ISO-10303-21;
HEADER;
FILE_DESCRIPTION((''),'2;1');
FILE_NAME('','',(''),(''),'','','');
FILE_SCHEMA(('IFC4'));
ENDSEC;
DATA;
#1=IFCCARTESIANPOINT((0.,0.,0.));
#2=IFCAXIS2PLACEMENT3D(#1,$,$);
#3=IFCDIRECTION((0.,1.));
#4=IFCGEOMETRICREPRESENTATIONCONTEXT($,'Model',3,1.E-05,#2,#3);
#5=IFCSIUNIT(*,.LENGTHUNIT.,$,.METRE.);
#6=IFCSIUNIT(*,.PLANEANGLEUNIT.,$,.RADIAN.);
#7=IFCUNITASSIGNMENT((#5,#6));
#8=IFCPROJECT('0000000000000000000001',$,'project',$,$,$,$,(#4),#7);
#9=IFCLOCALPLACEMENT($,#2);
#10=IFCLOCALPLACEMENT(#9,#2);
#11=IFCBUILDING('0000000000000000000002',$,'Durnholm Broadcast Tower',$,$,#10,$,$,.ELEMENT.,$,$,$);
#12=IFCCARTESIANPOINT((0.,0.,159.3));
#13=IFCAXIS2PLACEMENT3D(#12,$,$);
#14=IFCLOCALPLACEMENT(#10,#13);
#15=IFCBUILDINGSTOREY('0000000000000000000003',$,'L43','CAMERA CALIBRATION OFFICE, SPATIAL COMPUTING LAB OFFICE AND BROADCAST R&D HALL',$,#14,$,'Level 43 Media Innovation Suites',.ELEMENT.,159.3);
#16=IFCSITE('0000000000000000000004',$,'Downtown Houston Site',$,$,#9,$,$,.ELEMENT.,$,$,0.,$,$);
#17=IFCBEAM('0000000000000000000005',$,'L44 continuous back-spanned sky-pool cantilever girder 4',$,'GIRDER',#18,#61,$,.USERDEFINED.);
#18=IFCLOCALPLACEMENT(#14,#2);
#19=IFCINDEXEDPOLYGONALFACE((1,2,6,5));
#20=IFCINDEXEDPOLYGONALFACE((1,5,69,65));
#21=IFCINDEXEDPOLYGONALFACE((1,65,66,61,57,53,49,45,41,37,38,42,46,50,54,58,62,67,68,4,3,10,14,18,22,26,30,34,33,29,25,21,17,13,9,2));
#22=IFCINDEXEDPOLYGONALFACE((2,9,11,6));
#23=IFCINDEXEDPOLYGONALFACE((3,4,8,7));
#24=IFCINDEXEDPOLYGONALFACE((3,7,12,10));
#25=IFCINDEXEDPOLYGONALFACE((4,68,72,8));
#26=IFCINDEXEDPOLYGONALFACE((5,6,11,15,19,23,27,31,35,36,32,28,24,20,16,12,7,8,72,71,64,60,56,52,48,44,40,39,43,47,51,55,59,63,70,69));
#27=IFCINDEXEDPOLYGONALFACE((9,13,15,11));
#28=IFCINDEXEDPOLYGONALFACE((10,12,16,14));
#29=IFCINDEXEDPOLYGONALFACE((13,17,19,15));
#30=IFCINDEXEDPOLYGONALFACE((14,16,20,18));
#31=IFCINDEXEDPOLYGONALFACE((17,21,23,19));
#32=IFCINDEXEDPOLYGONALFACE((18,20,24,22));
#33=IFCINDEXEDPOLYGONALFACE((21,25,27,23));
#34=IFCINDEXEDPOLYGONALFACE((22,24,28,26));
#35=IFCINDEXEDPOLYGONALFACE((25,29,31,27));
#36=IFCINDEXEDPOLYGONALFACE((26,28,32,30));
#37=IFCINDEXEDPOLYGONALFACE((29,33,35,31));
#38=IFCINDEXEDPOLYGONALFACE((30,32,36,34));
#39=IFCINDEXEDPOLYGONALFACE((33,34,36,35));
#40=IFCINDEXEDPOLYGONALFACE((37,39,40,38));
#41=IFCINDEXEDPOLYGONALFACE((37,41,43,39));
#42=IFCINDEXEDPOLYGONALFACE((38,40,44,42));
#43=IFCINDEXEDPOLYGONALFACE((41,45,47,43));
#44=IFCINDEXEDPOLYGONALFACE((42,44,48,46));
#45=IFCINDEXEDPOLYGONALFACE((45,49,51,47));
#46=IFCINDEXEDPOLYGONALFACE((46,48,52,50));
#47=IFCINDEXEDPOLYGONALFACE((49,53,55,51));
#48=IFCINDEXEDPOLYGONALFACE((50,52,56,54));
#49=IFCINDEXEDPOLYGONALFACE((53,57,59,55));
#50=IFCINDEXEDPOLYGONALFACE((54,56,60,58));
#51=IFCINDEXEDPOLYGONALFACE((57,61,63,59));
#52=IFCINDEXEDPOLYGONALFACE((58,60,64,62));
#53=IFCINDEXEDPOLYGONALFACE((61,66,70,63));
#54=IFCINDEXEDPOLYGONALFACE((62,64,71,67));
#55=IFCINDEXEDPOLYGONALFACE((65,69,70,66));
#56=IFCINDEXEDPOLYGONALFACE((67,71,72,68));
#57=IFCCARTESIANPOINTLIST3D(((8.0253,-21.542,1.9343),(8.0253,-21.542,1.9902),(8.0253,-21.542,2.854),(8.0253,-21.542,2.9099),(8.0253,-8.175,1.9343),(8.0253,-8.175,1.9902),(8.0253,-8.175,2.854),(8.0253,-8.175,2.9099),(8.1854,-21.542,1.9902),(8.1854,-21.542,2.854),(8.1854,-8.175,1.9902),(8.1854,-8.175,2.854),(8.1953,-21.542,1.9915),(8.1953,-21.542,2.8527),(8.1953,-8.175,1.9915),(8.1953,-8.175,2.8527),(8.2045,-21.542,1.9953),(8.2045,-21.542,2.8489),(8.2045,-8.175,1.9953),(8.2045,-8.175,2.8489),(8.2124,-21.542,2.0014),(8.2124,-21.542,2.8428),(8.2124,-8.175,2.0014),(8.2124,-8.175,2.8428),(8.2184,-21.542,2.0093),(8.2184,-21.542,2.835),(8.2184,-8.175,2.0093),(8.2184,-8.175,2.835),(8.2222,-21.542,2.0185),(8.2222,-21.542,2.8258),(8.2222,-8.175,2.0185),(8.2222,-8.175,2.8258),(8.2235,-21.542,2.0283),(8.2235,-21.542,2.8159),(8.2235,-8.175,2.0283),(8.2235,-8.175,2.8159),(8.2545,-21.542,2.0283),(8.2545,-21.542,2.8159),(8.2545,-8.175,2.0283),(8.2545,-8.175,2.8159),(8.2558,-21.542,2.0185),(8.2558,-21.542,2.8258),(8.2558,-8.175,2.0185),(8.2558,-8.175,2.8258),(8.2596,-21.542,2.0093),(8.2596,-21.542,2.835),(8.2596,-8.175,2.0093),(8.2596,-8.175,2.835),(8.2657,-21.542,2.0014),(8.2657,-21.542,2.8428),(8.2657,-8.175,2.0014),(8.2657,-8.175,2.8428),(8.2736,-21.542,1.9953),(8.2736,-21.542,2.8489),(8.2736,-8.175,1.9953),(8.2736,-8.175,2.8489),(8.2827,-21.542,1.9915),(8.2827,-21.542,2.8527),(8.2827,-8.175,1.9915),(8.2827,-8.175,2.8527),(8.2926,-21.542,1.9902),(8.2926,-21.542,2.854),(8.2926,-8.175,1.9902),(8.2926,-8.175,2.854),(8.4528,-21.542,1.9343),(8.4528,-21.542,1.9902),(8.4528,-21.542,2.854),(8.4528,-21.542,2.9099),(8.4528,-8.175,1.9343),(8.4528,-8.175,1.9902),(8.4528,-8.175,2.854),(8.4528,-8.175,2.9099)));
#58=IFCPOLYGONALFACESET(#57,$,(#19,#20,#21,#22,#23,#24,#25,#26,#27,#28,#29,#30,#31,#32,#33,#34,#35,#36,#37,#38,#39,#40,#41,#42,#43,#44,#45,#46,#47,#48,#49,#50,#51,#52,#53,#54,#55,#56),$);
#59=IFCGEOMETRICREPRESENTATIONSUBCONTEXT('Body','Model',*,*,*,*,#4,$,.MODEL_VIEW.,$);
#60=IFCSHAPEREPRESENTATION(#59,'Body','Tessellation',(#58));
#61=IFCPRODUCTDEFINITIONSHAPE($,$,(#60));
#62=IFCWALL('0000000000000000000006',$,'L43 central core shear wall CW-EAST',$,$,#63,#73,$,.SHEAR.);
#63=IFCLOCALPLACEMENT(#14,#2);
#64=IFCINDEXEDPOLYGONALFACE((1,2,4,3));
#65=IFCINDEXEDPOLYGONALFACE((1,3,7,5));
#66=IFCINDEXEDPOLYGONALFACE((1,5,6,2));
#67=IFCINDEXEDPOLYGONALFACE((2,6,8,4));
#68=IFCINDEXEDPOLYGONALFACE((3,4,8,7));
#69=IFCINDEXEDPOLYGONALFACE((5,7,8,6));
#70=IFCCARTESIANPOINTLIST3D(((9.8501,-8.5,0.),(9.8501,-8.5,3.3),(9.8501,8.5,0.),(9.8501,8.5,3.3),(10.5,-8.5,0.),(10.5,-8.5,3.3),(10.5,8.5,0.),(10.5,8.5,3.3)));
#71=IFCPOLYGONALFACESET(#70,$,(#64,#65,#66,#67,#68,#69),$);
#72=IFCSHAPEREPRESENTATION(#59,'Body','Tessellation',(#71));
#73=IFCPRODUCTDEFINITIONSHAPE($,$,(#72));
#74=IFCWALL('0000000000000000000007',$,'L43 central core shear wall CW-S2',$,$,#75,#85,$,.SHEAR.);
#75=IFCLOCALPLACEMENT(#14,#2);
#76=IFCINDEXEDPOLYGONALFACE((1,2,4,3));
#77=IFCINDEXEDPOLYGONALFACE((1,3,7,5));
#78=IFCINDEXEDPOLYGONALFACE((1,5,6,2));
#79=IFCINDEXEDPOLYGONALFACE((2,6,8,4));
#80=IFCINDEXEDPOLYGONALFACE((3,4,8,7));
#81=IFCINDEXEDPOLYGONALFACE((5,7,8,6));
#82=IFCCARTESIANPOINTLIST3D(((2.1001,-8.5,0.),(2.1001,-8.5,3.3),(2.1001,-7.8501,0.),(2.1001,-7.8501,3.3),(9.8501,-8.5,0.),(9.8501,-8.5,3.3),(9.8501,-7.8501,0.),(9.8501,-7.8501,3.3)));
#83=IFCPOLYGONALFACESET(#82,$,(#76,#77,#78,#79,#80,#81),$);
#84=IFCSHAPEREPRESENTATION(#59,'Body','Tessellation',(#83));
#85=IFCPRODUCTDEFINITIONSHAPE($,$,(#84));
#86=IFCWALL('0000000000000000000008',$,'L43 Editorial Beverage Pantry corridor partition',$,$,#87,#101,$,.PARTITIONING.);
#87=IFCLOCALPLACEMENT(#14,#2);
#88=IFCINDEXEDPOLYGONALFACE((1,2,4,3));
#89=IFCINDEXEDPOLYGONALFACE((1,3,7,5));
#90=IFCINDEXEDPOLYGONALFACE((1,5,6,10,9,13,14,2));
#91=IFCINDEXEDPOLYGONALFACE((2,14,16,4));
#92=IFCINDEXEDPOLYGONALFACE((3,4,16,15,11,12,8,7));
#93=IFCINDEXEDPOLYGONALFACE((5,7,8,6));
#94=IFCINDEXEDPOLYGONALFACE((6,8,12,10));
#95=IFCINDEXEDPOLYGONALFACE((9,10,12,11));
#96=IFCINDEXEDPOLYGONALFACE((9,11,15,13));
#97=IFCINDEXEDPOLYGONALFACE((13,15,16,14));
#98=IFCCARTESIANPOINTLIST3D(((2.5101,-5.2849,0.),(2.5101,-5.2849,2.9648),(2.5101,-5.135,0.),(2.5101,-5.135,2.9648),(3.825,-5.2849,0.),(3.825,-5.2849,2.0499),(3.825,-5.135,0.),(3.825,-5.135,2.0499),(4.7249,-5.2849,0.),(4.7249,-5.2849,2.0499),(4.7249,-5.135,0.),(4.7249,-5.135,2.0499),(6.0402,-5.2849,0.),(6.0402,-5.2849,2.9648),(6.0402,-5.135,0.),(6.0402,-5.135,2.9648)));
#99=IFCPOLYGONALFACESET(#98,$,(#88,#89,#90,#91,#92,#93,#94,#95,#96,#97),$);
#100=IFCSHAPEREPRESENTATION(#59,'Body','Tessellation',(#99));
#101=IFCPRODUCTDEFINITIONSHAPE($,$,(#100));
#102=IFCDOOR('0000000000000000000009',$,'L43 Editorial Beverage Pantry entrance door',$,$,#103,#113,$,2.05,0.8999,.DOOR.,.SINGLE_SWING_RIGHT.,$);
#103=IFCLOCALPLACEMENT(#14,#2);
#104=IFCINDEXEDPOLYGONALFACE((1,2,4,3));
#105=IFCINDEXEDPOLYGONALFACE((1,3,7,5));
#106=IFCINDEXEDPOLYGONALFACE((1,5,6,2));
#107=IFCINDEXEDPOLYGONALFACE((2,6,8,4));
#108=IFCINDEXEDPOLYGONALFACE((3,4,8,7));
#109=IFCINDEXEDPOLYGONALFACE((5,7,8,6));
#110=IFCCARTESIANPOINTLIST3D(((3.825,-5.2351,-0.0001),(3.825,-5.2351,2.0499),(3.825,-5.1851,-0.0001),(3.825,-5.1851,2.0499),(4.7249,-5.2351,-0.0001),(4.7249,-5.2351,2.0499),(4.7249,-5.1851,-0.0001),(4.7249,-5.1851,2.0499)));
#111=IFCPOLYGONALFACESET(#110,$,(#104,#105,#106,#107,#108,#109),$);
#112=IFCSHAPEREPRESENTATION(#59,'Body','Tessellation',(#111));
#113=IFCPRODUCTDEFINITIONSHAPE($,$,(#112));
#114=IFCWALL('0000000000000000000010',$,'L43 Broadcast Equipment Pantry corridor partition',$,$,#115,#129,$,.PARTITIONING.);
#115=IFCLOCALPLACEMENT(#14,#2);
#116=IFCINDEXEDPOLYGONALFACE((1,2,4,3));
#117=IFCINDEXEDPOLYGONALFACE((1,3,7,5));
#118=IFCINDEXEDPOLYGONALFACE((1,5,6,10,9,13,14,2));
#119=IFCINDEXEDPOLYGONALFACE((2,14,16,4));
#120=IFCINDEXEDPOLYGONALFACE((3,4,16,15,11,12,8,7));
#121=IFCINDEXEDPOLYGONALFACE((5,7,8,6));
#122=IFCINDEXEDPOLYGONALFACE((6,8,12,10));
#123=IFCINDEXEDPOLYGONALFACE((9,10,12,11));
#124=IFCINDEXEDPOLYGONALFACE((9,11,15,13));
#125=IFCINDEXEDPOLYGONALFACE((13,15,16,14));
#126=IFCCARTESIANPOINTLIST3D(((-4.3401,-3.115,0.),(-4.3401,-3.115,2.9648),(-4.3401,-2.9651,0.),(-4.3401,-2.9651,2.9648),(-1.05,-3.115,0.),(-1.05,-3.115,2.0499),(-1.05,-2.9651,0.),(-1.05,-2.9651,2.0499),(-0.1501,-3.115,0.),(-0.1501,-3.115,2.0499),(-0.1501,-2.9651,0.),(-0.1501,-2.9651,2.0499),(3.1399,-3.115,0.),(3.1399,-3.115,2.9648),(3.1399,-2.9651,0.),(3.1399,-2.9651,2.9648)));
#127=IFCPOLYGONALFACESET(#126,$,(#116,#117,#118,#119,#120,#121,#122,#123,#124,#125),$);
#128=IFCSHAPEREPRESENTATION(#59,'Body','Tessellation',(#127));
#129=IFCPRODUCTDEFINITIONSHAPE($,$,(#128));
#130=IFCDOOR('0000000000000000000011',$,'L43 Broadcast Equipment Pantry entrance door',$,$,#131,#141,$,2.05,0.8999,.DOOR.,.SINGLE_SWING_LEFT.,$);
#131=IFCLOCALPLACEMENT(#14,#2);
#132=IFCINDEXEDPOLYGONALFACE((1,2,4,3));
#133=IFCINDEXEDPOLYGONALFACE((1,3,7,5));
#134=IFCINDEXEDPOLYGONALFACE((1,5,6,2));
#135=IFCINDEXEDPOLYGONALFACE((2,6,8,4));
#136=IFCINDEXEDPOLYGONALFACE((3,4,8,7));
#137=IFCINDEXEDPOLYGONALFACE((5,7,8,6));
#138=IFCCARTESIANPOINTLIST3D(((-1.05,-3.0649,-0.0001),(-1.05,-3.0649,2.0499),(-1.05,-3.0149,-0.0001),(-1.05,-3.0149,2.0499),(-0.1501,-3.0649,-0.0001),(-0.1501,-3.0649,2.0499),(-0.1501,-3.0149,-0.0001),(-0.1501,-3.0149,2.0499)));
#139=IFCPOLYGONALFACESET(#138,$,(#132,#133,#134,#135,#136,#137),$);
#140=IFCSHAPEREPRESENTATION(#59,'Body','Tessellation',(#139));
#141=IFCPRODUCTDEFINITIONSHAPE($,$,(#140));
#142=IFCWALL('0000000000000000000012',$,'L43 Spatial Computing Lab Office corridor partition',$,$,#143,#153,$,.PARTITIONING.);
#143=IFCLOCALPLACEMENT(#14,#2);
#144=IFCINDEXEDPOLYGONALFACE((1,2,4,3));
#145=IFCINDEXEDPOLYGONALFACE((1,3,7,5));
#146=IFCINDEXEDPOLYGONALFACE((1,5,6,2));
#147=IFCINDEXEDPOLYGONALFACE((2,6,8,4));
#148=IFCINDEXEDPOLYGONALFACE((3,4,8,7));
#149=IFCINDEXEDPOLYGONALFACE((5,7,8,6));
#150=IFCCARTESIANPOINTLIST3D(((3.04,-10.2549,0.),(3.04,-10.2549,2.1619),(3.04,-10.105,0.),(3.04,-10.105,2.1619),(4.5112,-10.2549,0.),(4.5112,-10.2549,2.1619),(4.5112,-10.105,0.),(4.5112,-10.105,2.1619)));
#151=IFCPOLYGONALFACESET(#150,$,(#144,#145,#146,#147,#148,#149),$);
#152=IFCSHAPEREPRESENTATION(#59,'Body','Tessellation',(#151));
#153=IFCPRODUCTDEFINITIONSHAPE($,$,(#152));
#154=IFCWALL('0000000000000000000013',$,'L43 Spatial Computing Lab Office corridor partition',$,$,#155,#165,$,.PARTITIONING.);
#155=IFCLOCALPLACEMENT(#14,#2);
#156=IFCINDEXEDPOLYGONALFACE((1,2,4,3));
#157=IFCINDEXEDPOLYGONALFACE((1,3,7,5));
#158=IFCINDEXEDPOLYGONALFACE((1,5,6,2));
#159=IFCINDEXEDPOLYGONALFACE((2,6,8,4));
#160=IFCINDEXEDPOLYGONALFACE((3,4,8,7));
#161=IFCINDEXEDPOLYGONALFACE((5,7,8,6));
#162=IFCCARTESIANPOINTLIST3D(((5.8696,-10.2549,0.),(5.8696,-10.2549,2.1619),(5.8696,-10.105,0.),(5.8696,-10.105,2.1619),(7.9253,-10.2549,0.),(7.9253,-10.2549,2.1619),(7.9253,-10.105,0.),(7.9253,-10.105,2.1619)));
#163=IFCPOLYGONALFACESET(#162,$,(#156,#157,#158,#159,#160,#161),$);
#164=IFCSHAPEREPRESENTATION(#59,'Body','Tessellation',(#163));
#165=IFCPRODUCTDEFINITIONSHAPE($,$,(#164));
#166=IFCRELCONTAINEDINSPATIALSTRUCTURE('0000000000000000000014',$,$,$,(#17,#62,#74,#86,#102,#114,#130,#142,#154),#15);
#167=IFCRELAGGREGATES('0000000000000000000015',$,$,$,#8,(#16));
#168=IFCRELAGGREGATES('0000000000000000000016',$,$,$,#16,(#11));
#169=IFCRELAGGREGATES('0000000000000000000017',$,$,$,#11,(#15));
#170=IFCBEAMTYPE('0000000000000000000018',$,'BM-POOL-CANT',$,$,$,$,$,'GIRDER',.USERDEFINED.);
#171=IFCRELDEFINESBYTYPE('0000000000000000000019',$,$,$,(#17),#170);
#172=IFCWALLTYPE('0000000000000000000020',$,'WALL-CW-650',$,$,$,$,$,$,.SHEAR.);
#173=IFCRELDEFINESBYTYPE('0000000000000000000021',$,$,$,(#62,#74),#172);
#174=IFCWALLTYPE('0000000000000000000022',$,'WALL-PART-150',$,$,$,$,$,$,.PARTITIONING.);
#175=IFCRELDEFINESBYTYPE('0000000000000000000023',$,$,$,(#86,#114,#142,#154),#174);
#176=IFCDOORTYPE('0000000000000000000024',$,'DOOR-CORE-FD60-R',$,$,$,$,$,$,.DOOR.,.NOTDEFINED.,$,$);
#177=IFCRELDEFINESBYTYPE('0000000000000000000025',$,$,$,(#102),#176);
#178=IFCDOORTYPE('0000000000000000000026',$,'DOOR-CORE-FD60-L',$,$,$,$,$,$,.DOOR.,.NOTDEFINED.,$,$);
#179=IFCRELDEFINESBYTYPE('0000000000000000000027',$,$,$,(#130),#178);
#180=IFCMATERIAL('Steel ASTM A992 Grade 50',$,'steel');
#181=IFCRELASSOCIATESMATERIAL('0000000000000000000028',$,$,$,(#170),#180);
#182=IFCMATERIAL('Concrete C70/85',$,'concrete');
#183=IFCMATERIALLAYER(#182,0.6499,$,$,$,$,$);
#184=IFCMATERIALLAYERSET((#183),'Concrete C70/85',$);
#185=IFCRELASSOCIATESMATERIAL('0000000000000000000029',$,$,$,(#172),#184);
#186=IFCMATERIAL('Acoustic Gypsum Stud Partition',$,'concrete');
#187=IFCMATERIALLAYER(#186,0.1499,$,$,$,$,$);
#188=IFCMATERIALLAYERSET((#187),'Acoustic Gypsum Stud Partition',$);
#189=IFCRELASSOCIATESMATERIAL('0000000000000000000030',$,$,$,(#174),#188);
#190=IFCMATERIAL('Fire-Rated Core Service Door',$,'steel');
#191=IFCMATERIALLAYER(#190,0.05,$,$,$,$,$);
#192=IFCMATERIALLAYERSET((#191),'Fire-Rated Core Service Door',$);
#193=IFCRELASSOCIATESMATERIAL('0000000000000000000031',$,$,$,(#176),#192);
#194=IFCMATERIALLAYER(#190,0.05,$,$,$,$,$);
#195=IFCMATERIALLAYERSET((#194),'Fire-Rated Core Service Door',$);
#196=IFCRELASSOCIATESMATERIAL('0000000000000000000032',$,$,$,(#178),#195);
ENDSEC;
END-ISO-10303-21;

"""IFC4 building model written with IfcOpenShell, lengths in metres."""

from ifc_helpers import new_model, si_unit, direction, frame, frame_2d, origin, origin_2d, place, context, subcontext, project, spatial, rectangle, i_section, extrude, source, transform, mapped, material, layer, layer_set, material_profile, profile_set, type_object, type_shapes, element, fill, save


model = new_model("IFC4")

# Units and contexts
model_context = context("Model", 3, precision=1e-05, world=origin(), true_north=direction((0.0, 1.0)))
body_context = subcontext(model_context, "Body", "Model", "MODEL_VIEW")
ifc_project = project(units=[si_unit("LENGTHUNIT", "METRE"), si_unit("PLANEANGLEUNIT", "RADIAN")], contexts=[model_context])

# Site, building, storey
site_placement = place(None, origin())
site = spatial("IfcSite", under=ifc_project, at=site_placement, Name="Downtown Houston Site", CompositionType="ELEMENT", RefElevation=0.0)
building_placement = place(site_placement, origin())
building = spatial("IfcBuilding", under=site, at=building_placement, Name="Durnholm Broadcast Tower", CompositionType="ELEMENT")
storey_placement = place(building_placement, frame((0.0, 0.0, 159.3)))
storey = spatial("IfcBuildingStorey", under=building, at=storey_placement, Name="L43", Description="CAMERA CALIBRATION OFFICE, SPATIAL COMPUTING LAB OFFICE AND BROADCAST R&D HALL", LongName="Level 43 Media Innovation Suites", CompositionType="ELEMENT", Elevation=159.3)

# Shared definitions
ifc_material_1 = material(Name="Concrete C70/85", Category="concrete")

# Beam
ifc_material_2 = material(Name="Steel ASTM A992 Grade 50", Category="steel")
ifc_material_profile_1 = material_profile(ifc_material_2, i_section(OverallWidth=0.4275, OverallDepth=0.9756, WebThickness=0.031, FlangeThickness=0.0559, FilletRadius=0.0381, at=origin_2d()), Name="W36X395")
ifc_profile_set_1 = profile_set([ifc_material_profile_1], Name="Steel ASTM A992 Grade 50")
beam_type_1 = type_object("IfcBeamType", Name="BM-POOL-CANT", ElementType="GIRDER", PredefinedType="USERDEFINED", material=ifc_profile_set_1)
shared_shape_1 = source(origin(), body_context, "Body", "SweptSolid", [
    extrude(i_section(OverallWidth=0.4275, OverallDepth=0.9756, WebThickness=0.031, FlangeThickness=0.0559, FilletRadius=0.0381, at=origin_2d()), origin(), (0.0, 0.0, 1.0), 13.3669),
])
type_shapes(beam_type_1, [shared_shape_1])
for number, where, z_axis, x_axis, name in (
    (1, (8.239, -8.175, 2.4221), (0.0, -1.0, 0.0), (1.0, 0.0, 0.0), "L44 continuous back-spanned sky-pool cantilever girder 4"),
):
    element("IfcBeam", number, at=place(storey_placement, frame(where, z_axis=z_axis, x_axis=x_axis)), inside=storey, type_object=beam_type_1, Name=name, ObjectType="GIRDER", PredefinedType="USERDEFINED", context=body_context, shape_type="MappedRepresentation", body=[
        mapped(shared_shape_1, transform((0.0, 0.0, 0.0), x_axis=(1.0, 0.0, 0.0), y_axis=(0.0, 1.0, 0.0), z_axis=(0.0, 0.0, 1.0), scale=1.0)),
    ])

# Walls
ifc_layer_1 = layer(ifc_material_1, 0.6499)
ifc_layer_set_1 = layer_set([ifc_layer_1], Name="Concrete C70/85")
wall_type_1 = type_object("IfcWallType", Name="WALL-CW-650", PredefinedType="SHEAR", material=ifc_layer_set_1)
wall_1_placement = place(storey_placement, frame((10.175, -8.5, 0.0), z_axis=(0.0, 0.0, 1.0), x_axis=(0.0, 1.0, 0.0)))
element("IfcWall", 2, at=wall_1_placement, inside=storey, type_object=wall_type_1, Name="L43 central core shear wall CW-EAST", PredefinedType="SHEAR", context=body_context, shape_type="SweptSolid", body=[
    extrude(rectangle(XDim=17.0, YDim=0.6499, at=frame_2d((8.5, 0.0))), origin(), (0.0, 0.0, 1.0), 3.3),
])
wall_2_placement = place(storey_placement, frame((2.1001, -8.175, 0.0), z_axis=(0.0, 0.0, 1.0), x_axis=(1.0, 0.0, 0.0)))
element("IfcWall", 3, at=wall_2_placement, inside=storey, type_object=wall_type_1, Name="L43 central core shear wall CW-S2", PredefinedType="SHEAR", context=body_context, shape_type="SweptSolid", body=[
    extrude(rectangle(XDim=7.75, YDim=0.6499, at=frame_2d((3.875, 0.0))), origin(), (0.0, 0.0, 1.0), 3.3),
])

# Walls, openings, doors
ifc_material_3 = material(Name="Acoustic Gypsum Stud Partition", Category="concrete")
ifc_layer_2 = layer(ifc_material_3, 0.1499)
ifc_layer_set_2 = layer_set([ifc_layer_2], Name="Acoustic Gypsum Stud Partition")
wall_type_2 = type_object("IfcWallType", Name="WALL-PART-150", PredefinedType="PARTITIONING", material=ifc_layer_set_2)
wall_3_placement = place(storey_placement, frame((2.51, -5.21, 0.0), z_axis=(0.0, 0.0, 1.0), x_axis=(1.0, 0.0, 0.0)))
wall_3 = element("IfcWall", 4, at=wall_3_placement, inside=storey, type_object=wall_type_2, Name="L43 Editorial Beverage Pantry corridor partition", PredefinedType="PARTITIONING", context=body_context, shape_type="SweptSolid", body=[
    extrude(rectangle(XDim=3.53, YDim=0.1499, at=frame_2d((1.7651, 0.0))), origin(), (0.0, 0.0, 1.0), 2.9648),
])
opening_1_placement = place(wall_3_placement, frame((1.3149, 0.0, 0.0)))
opening_1 = element("IfcOpeningElement", 5, at=opening_1_placement, cuts=wall_3, PredefinedType="OPENING", context=body_context, shape_type="SweptSolid", body=[
    extrude(rectangle(XDim=0.8999, YDim=2.05, at=frame_2d((0.45, 1.0249))), frame((0.0, 0.085, 0.0), z_axis=(0.0, -1.0, 0.0), x_axis=(1.0, 0.0, 0.0)), (0.0, 0.0, 1.0), 0.1699),
])
ifc_material_4 = material(Name="Fire-Rated Core Service Door", Category="steel")
ifc_layer_3 = layer(ifc_material_4, 0.05)
ifc_layer_set_3 = layer_set([ifc_layer_3], Name="Fire-Rated Core Service Door")
door_type_1 = type_object("IfcDoorType", Name="DOOR-CORE-FD60-R", OperationType="NOTDEFINED", PredefinedType="DOOR", material=ifc_layer_set_3)
shared_shape_2 = source(origin(), body_context, "Body", "SweptSolid", [
    extrude(rectangle(XDim=0.8999, YDim=2.05, at=frame_2d((0.45, 1.0249))), frame((0.0, 0.0249, 0.0), z_axis=(0.0, -1.0, 0.0), x_axis=(1.0, 0.0, 0.0)), (0.0, 0.0, 1.0), 0.05),
])
type_shapes(door_type_1, [shared_shape_2])
door_1_placement = place(opening_1_placement, origin())
door_1 = element("IfcDoor", 6, at=door_1_placement, inside=storey, type_object=door_type_1, Name="L43 Editorial Beverage Pantry entrance door", OperationType="SINGLE_SWING_RIGHT", OverallHeight=2.05, OverallWidth=0.8999, PredefinedType="DOOR", context=body_context, shape_type="MappedRepresentation", body=[
    mapped(shared_shape_2, transform((0.0, 0.0, 0.0), x_axis=(1.0, 0.0, 0.0), y_axis=(0.0, 1.0, 0.0), z_axis=(0.0, 0.0, 1.0), scale=1.0)),
])
fill(opening_1, door_1)
wall_4_placement = place(storey_placement, frame((3.1399, -3.04, 0.0), z_axis=(0.0, 0.0, 1.0), x_axis=(-1.0, 0.0, 0.0)))
wall_4 = element("IfcWall", 7, at=wall_4_placement, inside=storey, type_object=wall_type_2, Name="L43 Broadcast Equipment Pantry corridor partition", PredefinedType="PARTITIONING", context=body_context, shape_type="SweptSolid", body=[
    extrude(rectangle(XDim=7.48, YDim=0.1499, at=frame_2d((3.74, 0.0))), origin(), (0.0, 0.0, 1.0), 2.9648),
])
opening_2_placement = place(wall_4_placement, frame((3.29, 0.0, 0.0)))
opening_2 = element("IfcOpeningElement", 8, at=opening_2_placement, cuts=wall_4, PredefinedType="OPENING", context=body_context, shape_type="SweptSolid", body=[
    extrude(rectangle(XDim=0.8999, YDim=2.05, at=frame_2d((0.45, 1.0249))), frame((0.0, 0.085, 0.0), z_axis=(0.0, -1.0, 0.0), x_axis=(1.0, 0.0, 0.0)), (0.0, 0.0, 1.0), 0.1699),
])
ifc_layer_4 = layer(ifc_material_4, 0.05)
ifc_layer_set_4 = layer_set([ifc_layer_4], Name="Fire-Rated Core Service Door")
door_type_2 = type_object("IfcDoorType", Name="DOOR-CORE-FD60-L", OperationType="NOTDEFINED", PredefinedType="DOOR", material=ifc_layer_set_4)
shared_shape_3 = source(origin(), body_context, "Body", "SweptSolid", [
    extrude(rectangle(XDim=0.8999, YDim=2.05, at=frame_2d((0.45, 1.0249))), frame((0.0, 0.0249, 0.0), z_axis=(0.0, -1.0, 0.0), x_axis=(1.0, 0.0, 0.0)), (0.0, 0.0, 1.0), 0.05),
])
type_shapes(door_type_2, [shared_shape_3])
door_2_placement = place(opening_2_placement, origin())
door_2 = element("IfcDoor", 9, at=door_2_placement, inside=storey, type_object=door_type_2, Name="L43 Broadcast Equipment Pantry entrance door", OperationType="SINGLE_SWING_LEFT", OverallHeight=2.05, OverallWidth=0.8999, PredefinedType="DOOR", context=body_context, shape_type="MappedRepresentation", body=[
    mapped(shared_shape_3, transform((0.0, 0.0, 0.0), x_axis=(1.0, 0.0, 0.0), y_axis=(0.0, 1.0, 0.0), z_axis=(0.0, 0.0, 1.0), scale=1.0)),
])
fill(opening_2, door_2)

# Walls
wall_5_placement = place(storey_placement, frame((3.04, -10.1799, 0.0), z_axis=(0.0, 0.0, 1.0), x_axis=(1.0, 0.0, 0.0)))
element("IfcWall", 10, at=wall_5_placement, inside=storey, type_object=wall_type_2, Name="L43 Spatial Computing Lab Office corridor partition", PredefinedType="PARTITIONING", context=body_context, shape_type="SweptSolid", body=[
    extrude(rectangle(XDim=1.4712, YDim=0.1499, at=frame_2d((0.7356, 0.0))), origin(), (0.0, 0.0, 1.0), 2.1619),
])
wall_6_placement = place(storey_placement, frame((5.8696, -10.1799, 0.0), z_axis=(0.0, 0.0, 1.0), x_axis=(1.0, 0.0, 0.0)))
element("IfcWall", 11, at=wall_6_placement, inside=storey, type_object=wall_type_2, Name="L43 Spatial Computing Lab Office corridor partition", PredefinedType="PARTITIONING", context=body_context, shape_type="SweptSolid", body=[
    extrude(rectangle(XDim=2.0557, YDim=0.1499, at=frame_2d((1.0278, 0.0))), origin(), (0.0, 0.0, 1.0), 2.1619),
])

save(model, "model.ifc")
